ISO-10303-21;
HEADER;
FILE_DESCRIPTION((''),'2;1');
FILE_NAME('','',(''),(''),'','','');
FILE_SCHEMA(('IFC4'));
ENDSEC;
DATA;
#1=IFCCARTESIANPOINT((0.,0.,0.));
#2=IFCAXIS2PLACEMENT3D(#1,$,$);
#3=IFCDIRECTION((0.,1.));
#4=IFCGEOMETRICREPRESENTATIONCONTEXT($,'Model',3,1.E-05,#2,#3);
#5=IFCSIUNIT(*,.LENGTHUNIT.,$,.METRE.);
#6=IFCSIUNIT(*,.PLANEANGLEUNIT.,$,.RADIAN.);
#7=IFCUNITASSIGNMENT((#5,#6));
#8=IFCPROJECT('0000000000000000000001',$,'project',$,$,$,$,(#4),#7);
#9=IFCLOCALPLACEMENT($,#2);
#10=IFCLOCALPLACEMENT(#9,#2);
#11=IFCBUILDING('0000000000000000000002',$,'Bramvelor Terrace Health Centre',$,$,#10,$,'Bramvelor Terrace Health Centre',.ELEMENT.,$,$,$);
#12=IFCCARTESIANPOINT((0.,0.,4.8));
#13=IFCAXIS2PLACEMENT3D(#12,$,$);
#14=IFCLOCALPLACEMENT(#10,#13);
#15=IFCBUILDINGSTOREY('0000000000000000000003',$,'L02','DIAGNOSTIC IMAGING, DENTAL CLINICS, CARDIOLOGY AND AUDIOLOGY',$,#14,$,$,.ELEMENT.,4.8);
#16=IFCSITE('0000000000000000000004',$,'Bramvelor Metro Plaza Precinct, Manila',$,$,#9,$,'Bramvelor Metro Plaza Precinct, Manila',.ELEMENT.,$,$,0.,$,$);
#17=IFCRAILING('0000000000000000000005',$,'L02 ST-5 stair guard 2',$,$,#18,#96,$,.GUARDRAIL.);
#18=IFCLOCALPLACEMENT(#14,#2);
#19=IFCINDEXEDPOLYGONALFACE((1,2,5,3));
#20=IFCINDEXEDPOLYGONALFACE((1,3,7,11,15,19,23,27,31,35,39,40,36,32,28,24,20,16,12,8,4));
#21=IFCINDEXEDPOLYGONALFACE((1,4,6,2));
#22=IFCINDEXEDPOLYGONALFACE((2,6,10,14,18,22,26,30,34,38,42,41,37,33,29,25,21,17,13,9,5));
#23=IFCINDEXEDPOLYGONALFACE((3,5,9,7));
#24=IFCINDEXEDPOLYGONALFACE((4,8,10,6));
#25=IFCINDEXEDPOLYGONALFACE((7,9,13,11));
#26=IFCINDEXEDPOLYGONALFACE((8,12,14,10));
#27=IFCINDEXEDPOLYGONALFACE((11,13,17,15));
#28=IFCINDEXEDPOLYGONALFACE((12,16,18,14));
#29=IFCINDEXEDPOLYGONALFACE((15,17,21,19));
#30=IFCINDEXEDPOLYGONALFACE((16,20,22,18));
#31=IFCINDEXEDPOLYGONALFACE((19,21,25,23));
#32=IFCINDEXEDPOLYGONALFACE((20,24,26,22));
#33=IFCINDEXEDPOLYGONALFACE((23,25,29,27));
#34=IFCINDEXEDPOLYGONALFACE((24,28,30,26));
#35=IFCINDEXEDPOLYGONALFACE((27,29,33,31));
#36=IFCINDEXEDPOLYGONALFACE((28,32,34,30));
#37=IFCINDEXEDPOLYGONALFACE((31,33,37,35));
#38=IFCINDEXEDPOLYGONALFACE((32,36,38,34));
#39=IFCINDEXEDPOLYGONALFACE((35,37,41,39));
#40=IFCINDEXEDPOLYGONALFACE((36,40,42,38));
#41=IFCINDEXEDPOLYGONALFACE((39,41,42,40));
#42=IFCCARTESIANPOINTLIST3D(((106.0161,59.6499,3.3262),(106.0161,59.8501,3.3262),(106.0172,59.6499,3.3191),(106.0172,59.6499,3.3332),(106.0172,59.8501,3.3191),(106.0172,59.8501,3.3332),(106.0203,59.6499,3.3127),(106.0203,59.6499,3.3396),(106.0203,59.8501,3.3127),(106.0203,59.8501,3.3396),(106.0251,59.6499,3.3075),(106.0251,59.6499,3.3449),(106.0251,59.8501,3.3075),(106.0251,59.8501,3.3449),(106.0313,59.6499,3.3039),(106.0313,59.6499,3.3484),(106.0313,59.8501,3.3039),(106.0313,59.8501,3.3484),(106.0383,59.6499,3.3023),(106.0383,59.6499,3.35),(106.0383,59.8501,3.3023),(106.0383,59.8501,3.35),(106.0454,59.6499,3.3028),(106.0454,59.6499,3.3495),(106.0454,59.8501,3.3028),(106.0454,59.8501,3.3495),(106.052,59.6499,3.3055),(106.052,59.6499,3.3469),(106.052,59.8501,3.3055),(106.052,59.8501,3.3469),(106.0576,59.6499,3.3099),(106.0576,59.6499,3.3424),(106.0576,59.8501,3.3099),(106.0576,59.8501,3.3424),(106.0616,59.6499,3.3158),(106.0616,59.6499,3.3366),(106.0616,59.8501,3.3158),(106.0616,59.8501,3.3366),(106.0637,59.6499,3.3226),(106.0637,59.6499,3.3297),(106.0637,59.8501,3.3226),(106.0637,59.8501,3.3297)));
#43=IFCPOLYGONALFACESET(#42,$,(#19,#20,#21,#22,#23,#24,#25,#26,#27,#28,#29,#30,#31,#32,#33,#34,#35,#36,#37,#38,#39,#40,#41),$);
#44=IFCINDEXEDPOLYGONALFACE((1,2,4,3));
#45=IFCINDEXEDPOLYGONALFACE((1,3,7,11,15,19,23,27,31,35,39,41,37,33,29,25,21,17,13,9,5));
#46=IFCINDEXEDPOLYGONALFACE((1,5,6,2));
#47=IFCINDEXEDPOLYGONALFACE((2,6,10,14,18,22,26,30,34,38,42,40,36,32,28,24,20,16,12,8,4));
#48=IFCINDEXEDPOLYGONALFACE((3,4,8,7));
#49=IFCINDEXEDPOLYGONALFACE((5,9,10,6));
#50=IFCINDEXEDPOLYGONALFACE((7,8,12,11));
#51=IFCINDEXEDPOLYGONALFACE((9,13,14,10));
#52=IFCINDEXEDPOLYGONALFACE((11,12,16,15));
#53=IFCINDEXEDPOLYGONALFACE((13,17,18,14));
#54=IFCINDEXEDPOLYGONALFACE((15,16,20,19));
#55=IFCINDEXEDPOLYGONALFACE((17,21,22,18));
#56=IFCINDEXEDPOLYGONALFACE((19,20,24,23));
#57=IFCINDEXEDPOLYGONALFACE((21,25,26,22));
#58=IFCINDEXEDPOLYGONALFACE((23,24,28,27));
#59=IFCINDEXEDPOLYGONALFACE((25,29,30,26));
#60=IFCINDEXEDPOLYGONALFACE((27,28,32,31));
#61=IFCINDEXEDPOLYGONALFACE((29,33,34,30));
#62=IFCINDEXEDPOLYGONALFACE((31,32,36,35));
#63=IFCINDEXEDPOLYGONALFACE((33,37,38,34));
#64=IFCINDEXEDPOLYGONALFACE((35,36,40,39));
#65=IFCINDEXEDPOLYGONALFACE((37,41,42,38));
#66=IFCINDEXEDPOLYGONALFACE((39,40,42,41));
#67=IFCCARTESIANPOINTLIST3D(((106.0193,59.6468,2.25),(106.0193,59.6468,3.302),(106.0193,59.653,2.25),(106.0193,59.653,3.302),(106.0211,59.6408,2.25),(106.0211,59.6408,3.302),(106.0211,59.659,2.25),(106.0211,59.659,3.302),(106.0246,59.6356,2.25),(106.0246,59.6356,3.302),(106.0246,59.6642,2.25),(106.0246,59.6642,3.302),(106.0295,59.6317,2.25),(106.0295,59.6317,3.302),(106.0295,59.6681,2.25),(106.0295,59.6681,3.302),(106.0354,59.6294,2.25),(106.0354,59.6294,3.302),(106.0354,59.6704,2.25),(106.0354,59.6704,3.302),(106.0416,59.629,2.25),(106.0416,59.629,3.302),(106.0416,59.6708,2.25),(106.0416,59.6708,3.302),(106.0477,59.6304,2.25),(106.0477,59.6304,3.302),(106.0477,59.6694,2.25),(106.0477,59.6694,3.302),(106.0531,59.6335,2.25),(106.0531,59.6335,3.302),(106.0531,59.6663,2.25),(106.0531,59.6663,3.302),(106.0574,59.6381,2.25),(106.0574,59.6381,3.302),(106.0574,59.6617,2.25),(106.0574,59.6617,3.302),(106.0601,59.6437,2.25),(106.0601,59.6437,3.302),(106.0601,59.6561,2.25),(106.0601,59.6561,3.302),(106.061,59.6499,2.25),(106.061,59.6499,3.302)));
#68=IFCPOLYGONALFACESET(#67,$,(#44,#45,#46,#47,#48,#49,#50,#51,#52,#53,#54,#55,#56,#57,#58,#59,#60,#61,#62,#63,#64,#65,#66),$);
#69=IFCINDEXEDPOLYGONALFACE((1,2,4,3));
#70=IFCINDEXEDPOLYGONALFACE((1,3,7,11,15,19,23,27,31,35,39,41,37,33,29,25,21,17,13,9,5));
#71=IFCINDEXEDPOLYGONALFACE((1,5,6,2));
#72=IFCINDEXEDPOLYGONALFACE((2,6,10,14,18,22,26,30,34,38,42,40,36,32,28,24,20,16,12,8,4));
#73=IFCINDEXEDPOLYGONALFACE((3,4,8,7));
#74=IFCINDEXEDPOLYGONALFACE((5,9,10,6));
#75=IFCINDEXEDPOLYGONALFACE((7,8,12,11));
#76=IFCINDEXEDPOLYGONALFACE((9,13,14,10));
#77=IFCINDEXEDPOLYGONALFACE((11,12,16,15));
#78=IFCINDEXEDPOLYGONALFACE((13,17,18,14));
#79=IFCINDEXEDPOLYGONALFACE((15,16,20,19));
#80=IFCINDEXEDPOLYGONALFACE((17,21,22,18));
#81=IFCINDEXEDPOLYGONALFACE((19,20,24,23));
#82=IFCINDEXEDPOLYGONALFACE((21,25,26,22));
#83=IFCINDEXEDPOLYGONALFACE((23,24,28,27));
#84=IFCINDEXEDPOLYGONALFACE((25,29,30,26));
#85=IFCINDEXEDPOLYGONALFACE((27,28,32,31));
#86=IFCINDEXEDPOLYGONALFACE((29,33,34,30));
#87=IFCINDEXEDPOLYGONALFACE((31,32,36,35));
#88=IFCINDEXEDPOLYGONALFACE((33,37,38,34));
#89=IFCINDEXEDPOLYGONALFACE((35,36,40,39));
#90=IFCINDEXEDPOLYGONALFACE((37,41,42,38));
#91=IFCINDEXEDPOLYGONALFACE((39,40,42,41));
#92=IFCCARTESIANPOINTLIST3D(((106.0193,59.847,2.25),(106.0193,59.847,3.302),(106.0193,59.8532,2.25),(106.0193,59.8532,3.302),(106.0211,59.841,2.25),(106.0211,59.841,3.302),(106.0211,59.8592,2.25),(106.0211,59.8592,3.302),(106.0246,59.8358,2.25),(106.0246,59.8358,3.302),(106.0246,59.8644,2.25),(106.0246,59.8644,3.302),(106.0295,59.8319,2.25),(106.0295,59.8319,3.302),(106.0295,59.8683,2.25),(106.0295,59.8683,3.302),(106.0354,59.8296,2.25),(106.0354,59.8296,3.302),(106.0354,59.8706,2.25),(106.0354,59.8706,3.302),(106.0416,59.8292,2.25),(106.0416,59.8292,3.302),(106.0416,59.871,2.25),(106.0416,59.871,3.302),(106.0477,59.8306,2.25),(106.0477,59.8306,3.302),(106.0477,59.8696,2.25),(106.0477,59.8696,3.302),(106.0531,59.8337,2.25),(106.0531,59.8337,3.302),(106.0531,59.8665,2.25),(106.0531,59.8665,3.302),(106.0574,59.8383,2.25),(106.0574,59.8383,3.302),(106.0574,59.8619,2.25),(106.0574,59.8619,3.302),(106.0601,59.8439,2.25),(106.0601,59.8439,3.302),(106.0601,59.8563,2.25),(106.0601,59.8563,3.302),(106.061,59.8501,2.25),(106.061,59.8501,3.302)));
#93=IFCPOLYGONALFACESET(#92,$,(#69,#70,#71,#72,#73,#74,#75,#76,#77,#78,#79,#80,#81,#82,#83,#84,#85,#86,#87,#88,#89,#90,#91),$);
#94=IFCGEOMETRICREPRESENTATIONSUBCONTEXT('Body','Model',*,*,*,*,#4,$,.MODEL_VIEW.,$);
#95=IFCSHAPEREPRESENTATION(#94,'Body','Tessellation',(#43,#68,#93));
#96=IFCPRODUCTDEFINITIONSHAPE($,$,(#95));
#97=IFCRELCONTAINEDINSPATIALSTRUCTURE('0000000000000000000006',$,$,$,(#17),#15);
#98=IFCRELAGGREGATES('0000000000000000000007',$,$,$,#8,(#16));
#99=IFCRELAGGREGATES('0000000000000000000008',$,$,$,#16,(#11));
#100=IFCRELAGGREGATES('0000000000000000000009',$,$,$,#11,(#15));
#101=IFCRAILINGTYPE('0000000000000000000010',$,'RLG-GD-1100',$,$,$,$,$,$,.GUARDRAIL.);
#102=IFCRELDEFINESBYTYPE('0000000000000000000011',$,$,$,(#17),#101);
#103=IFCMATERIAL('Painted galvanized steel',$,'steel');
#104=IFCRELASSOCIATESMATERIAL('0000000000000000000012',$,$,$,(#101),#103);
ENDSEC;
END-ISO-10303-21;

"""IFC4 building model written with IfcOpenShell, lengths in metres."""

from ifc_helpers import new_model, si_unit, direction, frame, origin, origin_2d, place, context, subcontext, project, spatial, circle, extrude, material, type_object, element, save


model = new_model("IFC4")

# Units and contexts
model_context = context("Model", 3, precision=1e-05, world=origin(), true_north=direction((0.0, 1.0)))
body_context = subcontext(model_context, "Body", "Model", "MODEL_VIEW")
ifc_project = project(units=[si_unit("LENGTHUNIT", "METRE"), si_unit("PLANEANGLEUNIT", "RADIAN")], contexts=[model_context])

# Site, building, storey
site_placement = place(None, origin())
site = spatial("IfcSite", under=ifc_project, at=site_placement, Name="Bramvelor Metro Plaza Precinct, Manila", LongName="Bramvelor Metro Plaza Precinct, Manila", CompositionType="ELEMENT", RefElevation=0.0)
building_placement = place(site_placement, origin())
building = spatial("IfcBuilding", under=site, at=building_placement, Name="Bramvelor Terrace Health Centre", LongName="Bramvelor Terrace Health Centre", CompositionType="ELEMENT")
storey_placement = place(building_placement, frame((0.0, 0.0, 4.8)))
storey = spatial("IfcBuildingStorey", under=building, at=storey_placement, Name="L02", Description="DIAGNOSTIC IMAGING, DENTAL CLINICS, CARDIOLOGY AND AUDIOLOGY", CompositionType="ELEMENT", Elevation=4.8)

# Railing
ifc_material_1 = material(Name="Painted galvanized steel", Category="steel")
railing_type_1 = type_object("IfcRailingType", Name="RLG-GD-1100", PredefinedType="GUARDRAIL", material=ifc_material_1)
railing_1_placement = place(storey_placement, frame((106.04, 59.6499, 2.25)))
element("IfcRailing", 1, at=railing_1_placement, inside=storey, type_object=railing_type_1, Name="L02 ST-5 stair guard 2", PredefinedType="GUARDRAIL", context=body_context, shape_type="SweptSolid", body=[
    extrude(circle(Radius=0.0239, at=origin_2d()), frame((0.0, 0.0, 1.0762), z_axis=(0.0, 1.0, 0.0), x_axis=(-1.0, 0.0, 0.0)), (0.0, 0.0, 1.0), 0.2002),
    extrude(circle(Radius=0.021, at=origin_2d()), origin(), (0.0, 0.0, 1.0), 1.052),
    extrude(circle(Radius=0.021, at=origin_2d()), frame((0.0, 0.2002, 0.0)), (0.0, 0.0, 1.0), 1.052),
])

save(model, "model.ifc")
